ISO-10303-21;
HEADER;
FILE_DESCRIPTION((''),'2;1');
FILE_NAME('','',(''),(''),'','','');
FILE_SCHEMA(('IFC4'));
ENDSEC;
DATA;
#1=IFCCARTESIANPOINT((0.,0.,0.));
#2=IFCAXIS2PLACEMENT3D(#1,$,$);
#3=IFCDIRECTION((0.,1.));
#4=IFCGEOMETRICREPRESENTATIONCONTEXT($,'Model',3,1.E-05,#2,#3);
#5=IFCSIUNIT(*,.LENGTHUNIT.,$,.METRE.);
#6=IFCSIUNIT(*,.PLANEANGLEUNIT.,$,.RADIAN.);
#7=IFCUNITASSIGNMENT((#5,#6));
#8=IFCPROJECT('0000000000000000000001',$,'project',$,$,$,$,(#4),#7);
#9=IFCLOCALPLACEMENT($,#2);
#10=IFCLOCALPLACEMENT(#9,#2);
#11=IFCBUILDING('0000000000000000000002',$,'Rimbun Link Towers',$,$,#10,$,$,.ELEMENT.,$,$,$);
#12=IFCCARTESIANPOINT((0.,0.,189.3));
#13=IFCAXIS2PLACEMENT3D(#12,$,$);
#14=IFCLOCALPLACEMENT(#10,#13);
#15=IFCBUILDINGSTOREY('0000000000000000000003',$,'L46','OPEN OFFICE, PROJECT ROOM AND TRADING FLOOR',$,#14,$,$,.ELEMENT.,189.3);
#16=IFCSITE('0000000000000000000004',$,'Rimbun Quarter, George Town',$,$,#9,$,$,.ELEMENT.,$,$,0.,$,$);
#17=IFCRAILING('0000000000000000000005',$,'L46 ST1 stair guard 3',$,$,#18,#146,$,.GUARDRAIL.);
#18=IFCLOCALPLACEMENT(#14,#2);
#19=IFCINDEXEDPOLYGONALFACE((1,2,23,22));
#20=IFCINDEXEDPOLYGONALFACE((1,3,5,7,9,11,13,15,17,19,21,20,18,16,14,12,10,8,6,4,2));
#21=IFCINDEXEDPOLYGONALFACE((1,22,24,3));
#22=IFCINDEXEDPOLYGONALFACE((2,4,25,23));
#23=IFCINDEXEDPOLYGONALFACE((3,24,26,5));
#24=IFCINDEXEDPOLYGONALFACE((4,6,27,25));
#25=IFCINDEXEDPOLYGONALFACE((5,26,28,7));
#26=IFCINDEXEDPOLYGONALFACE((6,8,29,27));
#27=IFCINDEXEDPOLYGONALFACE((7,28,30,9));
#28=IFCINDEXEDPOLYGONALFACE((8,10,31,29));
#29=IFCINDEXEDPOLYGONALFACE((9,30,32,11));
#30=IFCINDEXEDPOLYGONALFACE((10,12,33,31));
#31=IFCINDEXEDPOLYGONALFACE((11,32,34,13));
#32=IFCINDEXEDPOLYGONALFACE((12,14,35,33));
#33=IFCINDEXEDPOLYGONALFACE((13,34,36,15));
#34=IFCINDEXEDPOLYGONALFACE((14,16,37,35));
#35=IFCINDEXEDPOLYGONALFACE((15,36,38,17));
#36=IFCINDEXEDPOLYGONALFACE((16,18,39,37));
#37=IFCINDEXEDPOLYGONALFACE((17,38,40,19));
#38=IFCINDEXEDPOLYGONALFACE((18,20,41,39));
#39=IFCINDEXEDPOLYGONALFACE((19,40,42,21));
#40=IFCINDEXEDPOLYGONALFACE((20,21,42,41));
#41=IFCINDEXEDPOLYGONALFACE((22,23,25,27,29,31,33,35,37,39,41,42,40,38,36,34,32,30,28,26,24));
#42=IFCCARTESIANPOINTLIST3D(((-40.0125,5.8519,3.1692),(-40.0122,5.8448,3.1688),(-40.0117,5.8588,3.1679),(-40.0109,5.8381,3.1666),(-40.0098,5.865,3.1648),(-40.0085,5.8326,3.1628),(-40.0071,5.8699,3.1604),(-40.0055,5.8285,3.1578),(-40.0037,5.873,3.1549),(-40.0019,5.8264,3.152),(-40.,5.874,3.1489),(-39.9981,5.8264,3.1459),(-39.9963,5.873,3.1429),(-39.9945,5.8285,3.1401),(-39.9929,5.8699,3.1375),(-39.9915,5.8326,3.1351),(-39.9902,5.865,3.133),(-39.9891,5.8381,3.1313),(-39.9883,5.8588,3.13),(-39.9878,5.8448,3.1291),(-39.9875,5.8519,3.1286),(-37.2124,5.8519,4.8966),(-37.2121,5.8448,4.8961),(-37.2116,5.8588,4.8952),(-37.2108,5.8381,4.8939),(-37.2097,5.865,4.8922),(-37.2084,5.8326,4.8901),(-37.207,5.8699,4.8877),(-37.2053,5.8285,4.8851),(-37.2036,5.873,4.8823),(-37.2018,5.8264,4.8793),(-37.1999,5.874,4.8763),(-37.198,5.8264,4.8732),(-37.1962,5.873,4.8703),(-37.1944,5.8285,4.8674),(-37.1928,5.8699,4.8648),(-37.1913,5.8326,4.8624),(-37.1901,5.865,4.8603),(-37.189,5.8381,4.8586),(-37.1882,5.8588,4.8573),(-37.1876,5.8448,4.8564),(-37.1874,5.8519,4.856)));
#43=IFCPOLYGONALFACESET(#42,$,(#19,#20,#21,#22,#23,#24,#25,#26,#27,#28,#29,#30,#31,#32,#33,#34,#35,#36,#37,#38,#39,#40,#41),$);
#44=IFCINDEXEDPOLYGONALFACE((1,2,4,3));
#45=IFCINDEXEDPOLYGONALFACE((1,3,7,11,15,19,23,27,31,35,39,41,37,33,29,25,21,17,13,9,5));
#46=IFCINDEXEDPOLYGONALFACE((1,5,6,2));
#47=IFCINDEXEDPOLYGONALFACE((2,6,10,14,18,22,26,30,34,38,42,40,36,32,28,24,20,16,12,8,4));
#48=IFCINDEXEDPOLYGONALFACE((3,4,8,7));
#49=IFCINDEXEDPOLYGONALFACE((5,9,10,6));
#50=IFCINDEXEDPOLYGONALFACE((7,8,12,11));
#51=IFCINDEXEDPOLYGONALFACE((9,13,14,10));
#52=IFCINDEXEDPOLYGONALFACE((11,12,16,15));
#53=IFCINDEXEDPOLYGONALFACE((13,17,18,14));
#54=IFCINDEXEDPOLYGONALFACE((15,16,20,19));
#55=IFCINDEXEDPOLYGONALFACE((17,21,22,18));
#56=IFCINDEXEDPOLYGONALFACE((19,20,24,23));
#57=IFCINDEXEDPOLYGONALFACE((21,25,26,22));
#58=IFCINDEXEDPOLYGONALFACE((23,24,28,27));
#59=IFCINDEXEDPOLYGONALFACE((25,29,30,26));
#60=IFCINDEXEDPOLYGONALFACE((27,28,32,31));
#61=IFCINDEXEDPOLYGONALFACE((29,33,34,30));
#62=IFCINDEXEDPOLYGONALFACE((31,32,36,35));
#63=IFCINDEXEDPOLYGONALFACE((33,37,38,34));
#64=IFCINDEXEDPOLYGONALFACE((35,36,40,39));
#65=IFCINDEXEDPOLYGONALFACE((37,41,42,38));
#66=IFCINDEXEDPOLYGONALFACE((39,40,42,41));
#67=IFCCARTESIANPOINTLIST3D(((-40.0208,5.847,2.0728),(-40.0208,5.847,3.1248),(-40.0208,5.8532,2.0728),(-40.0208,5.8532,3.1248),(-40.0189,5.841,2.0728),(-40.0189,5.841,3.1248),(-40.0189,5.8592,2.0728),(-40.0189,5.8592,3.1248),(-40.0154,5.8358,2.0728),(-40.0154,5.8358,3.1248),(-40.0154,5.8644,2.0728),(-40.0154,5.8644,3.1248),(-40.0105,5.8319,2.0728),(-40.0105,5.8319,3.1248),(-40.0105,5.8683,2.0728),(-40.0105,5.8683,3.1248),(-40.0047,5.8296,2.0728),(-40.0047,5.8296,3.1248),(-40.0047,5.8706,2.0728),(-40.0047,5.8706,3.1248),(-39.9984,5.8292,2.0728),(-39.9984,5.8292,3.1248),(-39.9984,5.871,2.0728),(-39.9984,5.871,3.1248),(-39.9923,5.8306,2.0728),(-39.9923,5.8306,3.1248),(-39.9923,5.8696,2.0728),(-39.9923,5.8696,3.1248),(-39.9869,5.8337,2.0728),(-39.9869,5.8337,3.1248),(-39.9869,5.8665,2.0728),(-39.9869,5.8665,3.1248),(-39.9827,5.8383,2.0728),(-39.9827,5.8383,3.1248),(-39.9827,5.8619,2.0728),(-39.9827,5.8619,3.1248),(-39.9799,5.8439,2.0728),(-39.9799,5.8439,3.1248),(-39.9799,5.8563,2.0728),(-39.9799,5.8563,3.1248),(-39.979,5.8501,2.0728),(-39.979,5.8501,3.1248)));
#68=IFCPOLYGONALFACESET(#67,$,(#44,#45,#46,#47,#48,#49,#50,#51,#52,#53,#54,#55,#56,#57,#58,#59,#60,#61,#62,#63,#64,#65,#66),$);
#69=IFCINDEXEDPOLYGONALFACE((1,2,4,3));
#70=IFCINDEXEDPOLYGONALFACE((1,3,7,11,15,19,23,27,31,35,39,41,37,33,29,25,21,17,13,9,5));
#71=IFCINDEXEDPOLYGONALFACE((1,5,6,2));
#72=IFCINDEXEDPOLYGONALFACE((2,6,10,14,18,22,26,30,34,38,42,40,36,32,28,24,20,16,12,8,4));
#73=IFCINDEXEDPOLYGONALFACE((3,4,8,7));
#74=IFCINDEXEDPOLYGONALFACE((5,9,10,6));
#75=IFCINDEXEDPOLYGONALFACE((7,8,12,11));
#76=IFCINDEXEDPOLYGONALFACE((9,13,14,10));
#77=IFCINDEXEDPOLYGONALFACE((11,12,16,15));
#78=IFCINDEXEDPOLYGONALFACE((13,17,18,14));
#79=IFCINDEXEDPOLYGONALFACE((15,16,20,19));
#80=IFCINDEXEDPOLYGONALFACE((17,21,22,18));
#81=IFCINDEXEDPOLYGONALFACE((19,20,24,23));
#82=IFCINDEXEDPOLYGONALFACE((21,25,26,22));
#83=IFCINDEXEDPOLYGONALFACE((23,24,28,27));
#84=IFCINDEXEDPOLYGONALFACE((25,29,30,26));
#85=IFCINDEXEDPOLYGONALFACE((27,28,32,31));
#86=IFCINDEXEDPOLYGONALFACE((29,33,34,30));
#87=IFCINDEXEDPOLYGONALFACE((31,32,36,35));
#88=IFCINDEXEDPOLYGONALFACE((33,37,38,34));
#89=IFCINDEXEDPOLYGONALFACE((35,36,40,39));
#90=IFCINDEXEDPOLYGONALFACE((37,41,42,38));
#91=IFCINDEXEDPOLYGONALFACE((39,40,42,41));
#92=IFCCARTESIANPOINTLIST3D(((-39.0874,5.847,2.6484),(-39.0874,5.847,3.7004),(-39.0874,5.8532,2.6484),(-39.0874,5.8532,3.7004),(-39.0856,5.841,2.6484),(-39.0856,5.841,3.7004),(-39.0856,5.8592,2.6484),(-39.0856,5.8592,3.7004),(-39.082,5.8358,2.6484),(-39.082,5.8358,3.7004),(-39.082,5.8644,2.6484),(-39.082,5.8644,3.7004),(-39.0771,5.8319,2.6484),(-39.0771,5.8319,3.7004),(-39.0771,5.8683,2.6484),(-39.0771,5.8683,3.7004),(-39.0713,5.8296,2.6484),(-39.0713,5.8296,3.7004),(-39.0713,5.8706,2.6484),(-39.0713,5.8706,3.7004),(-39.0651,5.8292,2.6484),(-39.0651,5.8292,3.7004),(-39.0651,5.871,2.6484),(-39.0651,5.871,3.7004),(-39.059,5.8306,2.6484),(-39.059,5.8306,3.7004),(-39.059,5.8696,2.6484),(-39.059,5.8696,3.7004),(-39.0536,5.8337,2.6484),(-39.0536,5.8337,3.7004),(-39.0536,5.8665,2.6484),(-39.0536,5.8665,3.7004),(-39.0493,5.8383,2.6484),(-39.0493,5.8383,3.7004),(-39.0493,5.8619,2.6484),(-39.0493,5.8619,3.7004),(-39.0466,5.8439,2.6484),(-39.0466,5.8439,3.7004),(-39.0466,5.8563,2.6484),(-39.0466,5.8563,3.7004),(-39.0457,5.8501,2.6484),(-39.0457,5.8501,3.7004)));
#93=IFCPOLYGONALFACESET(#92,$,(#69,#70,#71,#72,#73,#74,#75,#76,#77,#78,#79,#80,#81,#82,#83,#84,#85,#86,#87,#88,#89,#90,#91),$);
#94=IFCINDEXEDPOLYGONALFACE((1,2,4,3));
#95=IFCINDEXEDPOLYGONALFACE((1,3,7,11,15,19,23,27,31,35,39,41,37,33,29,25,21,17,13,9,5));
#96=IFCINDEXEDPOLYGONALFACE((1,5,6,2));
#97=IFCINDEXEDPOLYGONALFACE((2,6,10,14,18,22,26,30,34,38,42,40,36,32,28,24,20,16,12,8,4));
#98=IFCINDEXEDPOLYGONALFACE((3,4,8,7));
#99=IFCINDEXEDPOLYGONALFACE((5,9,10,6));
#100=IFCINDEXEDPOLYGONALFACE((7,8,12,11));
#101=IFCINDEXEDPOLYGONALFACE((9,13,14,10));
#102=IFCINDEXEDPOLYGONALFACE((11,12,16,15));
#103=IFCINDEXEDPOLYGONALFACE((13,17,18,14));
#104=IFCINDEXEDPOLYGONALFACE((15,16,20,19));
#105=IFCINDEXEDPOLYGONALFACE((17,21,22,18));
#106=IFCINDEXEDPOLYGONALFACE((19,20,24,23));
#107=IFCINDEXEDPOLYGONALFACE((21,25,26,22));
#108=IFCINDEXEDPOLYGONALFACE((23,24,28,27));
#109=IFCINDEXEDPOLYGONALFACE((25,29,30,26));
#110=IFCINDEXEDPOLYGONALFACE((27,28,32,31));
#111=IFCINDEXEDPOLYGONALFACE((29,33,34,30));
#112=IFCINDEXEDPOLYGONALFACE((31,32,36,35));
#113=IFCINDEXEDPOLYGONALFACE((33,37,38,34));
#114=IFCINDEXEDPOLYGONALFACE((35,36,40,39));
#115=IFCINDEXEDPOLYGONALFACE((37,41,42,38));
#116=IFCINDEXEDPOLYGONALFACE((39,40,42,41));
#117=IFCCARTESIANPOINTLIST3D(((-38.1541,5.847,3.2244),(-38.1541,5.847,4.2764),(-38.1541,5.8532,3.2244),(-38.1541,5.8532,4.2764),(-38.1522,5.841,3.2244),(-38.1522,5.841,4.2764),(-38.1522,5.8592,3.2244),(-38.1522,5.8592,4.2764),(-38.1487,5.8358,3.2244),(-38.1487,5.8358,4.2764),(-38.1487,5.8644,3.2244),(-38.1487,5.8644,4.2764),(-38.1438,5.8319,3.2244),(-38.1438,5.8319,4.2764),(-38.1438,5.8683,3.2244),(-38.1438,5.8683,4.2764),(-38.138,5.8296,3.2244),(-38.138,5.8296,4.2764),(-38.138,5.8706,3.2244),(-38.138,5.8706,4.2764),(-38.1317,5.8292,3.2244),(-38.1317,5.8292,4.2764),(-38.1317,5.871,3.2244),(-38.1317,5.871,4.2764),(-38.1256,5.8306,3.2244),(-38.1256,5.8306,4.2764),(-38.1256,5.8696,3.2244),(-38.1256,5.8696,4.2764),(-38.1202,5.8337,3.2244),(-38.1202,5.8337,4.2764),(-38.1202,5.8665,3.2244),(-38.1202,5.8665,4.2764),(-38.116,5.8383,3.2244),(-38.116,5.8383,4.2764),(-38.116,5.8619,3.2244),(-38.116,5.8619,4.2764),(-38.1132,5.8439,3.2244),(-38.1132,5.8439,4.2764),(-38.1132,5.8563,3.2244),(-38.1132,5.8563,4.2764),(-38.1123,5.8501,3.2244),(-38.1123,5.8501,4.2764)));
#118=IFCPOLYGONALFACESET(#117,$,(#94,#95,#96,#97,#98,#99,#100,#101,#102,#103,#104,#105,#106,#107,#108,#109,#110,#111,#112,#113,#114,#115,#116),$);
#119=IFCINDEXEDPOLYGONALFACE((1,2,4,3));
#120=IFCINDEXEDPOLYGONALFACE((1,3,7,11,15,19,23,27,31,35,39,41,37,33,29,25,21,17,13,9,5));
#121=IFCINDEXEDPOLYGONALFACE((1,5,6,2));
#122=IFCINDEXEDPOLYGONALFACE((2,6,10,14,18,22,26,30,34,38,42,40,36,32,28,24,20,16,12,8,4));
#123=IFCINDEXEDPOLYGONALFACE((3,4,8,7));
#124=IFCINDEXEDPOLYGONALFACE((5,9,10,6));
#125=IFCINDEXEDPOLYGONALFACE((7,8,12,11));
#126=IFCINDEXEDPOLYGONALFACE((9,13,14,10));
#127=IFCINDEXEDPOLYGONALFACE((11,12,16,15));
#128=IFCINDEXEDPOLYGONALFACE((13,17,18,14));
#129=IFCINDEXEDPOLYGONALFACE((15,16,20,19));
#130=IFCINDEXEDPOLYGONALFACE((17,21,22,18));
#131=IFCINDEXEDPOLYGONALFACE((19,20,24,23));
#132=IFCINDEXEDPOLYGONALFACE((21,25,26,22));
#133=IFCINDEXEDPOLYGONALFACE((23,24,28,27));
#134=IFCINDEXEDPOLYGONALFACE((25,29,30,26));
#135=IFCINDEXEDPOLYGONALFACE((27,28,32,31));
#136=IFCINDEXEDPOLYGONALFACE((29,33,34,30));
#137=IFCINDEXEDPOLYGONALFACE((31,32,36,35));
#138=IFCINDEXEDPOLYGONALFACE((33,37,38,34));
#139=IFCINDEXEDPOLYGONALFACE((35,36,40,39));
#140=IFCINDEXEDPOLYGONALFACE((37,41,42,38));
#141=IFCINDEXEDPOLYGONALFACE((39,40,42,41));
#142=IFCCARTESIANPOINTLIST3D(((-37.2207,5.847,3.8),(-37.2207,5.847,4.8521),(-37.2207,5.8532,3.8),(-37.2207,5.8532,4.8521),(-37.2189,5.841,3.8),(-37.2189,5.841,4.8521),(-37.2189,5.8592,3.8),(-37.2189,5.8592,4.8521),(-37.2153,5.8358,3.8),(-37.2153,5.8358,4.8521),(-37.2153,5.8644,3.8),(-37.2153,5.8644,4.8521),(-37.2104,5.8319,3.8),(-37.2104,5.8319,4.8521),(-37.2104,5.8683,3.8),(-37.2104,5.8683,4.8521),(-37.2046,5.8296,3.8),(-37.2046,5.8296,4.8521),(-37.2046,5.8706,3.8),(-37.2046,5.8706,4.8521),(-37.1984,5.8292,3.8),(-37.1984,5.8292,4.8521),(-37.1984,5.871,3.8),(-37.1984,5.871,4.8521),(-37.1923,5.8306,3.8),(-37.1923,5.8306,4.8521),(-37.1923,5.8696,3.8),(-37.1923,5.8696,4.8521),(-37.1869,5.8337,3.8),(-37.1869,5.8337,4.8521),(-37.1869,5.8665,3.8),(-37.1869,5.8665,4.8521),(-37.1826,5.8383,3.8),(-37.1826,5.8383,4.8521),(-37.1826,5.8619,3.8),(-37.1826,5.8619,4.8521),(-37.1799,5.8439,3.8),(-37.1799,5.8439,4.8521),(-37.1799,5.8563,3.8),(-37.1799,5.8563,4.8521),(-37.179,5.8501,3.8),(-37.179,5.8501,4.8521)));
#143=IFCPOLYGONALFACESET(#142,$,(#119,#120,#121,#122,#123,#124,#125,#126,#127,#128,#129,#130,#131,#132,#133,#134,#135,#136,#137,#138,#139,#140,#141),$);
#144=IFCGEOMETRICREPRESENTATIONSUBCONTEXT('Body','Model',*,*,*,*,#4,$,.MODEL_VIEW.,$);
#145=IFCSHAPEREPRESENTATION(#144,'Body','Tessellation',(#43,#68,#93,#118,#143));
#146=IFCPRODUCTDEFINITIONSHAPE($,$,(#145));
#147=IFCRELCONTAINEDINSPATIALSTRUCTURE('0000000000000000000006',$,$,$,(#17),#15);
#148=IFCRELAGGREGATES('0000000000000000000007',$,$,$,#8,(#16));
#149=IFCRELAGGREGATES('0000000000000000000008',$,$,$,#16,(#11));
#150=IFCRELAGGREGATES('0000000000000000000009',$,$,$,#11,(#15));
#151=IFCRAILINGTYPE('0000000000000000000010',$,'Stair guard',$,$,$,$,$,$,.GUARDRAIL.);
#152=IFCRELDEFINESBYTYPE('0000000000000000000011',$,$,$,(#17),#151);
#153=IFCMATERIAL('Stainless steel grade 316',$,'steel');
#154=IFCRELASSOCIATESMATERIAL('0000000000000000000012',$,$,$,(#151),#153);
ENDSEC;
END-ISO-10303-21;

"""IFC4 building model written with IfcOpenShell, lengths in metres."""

from ifc_helpers import new_model, si_unit, direction, frame, origin, origin_2d, place, context, subcontext, project, spatial, circle, extrude, material, type_object, element, save


model = new_model("IFC4")

# Units and contexts
model_context = context("Model", 3, precision=1e-05, world=origin(), true_north=direction((0.0, 1.0)))
body_context = subcontext(model_context, "Body", "Model", "MODEL_VIEW")
ifc_project = project(units=[si_unit("LENGTHUNIT", "METRE"), si_unit("PLANEANGLEUNIT", "RADIAN")], contexts=[model_context])

# Site, building, storey
site_placement = place(None, origin())
site = spatial("IfcSite", under=ifc_project, at=site_placement, Name="Rimbun Quarter, George Town", CompositionType="ELEMENT", RefElevation=0.0)
building_placement = place(site_placement, origin())
building = spatial("IfcBuilding", under=site, at=building_placement, Name="Rimbun Link Towers", CompositionType="ELEMENT")
storey_placement = place(building_placement, frame((0.0, 0.0, 189.3)))
storey = spatial("IfcBuildingStorey", under=building, at=storey_placement, Name="L46", Description="OPEN OFFICE, PROJECT ROOM AND TRADING FLOOR", CompositionType="ELEMENT", Elevation=189.3)

# Railing
ifc_material_1 = material(Name="Stainless steel grade 316", Category="steel")
railing_type_1 = type_object("IfcRailingType", Name="Stair guard", PredefinedType="GUARDRAIL", material=ifc_material_1)
railing_1_placement = place(storey_placement, frame((-40.0, 5.8501, 2.0728)))
element("IfcRailing", 1, at=railing_1_placement, inside=storey, type_object=railing_type_1, Name="L46 ST1 stair guard 3", PredefinedType="GUARDRAIL", context=body_context, shape_type="SweptSolid", body=[
    extrude(circle(Radius=0.0239, at=origin_2d()), frame((0.0, 0.0, 1.0762), z_axis=(0.85109, 0.0, 0.52502), x_axis=(0.0, 1.0, 0.0)), (0.0, 0.0, 1.0), 3.29),
    extrude(circle(Radius=0.021, at=origin_2d()), origin(), (0.0, 0.0, 1.0), 1.052),
    extrude(circle(Radius=0.021, at=origin_2d()), frame((0.9333, 0.0, 0.5757)), (0.0, 0.0, 1.0), 1.052),
    extrude(circle(Radius=0.021, at=origin_2d()), frame((1.8667, 0.0, 1.1516)), (0.0, 0.0, 1.0), 1.052),
    extrude(circle(Radius=0.021, at=origin_2d()), frame((2.8, 0.0, 1.7273)), (0.0, 0.0, 1.0), 1.052),
])

save(model, "model.ifc")
